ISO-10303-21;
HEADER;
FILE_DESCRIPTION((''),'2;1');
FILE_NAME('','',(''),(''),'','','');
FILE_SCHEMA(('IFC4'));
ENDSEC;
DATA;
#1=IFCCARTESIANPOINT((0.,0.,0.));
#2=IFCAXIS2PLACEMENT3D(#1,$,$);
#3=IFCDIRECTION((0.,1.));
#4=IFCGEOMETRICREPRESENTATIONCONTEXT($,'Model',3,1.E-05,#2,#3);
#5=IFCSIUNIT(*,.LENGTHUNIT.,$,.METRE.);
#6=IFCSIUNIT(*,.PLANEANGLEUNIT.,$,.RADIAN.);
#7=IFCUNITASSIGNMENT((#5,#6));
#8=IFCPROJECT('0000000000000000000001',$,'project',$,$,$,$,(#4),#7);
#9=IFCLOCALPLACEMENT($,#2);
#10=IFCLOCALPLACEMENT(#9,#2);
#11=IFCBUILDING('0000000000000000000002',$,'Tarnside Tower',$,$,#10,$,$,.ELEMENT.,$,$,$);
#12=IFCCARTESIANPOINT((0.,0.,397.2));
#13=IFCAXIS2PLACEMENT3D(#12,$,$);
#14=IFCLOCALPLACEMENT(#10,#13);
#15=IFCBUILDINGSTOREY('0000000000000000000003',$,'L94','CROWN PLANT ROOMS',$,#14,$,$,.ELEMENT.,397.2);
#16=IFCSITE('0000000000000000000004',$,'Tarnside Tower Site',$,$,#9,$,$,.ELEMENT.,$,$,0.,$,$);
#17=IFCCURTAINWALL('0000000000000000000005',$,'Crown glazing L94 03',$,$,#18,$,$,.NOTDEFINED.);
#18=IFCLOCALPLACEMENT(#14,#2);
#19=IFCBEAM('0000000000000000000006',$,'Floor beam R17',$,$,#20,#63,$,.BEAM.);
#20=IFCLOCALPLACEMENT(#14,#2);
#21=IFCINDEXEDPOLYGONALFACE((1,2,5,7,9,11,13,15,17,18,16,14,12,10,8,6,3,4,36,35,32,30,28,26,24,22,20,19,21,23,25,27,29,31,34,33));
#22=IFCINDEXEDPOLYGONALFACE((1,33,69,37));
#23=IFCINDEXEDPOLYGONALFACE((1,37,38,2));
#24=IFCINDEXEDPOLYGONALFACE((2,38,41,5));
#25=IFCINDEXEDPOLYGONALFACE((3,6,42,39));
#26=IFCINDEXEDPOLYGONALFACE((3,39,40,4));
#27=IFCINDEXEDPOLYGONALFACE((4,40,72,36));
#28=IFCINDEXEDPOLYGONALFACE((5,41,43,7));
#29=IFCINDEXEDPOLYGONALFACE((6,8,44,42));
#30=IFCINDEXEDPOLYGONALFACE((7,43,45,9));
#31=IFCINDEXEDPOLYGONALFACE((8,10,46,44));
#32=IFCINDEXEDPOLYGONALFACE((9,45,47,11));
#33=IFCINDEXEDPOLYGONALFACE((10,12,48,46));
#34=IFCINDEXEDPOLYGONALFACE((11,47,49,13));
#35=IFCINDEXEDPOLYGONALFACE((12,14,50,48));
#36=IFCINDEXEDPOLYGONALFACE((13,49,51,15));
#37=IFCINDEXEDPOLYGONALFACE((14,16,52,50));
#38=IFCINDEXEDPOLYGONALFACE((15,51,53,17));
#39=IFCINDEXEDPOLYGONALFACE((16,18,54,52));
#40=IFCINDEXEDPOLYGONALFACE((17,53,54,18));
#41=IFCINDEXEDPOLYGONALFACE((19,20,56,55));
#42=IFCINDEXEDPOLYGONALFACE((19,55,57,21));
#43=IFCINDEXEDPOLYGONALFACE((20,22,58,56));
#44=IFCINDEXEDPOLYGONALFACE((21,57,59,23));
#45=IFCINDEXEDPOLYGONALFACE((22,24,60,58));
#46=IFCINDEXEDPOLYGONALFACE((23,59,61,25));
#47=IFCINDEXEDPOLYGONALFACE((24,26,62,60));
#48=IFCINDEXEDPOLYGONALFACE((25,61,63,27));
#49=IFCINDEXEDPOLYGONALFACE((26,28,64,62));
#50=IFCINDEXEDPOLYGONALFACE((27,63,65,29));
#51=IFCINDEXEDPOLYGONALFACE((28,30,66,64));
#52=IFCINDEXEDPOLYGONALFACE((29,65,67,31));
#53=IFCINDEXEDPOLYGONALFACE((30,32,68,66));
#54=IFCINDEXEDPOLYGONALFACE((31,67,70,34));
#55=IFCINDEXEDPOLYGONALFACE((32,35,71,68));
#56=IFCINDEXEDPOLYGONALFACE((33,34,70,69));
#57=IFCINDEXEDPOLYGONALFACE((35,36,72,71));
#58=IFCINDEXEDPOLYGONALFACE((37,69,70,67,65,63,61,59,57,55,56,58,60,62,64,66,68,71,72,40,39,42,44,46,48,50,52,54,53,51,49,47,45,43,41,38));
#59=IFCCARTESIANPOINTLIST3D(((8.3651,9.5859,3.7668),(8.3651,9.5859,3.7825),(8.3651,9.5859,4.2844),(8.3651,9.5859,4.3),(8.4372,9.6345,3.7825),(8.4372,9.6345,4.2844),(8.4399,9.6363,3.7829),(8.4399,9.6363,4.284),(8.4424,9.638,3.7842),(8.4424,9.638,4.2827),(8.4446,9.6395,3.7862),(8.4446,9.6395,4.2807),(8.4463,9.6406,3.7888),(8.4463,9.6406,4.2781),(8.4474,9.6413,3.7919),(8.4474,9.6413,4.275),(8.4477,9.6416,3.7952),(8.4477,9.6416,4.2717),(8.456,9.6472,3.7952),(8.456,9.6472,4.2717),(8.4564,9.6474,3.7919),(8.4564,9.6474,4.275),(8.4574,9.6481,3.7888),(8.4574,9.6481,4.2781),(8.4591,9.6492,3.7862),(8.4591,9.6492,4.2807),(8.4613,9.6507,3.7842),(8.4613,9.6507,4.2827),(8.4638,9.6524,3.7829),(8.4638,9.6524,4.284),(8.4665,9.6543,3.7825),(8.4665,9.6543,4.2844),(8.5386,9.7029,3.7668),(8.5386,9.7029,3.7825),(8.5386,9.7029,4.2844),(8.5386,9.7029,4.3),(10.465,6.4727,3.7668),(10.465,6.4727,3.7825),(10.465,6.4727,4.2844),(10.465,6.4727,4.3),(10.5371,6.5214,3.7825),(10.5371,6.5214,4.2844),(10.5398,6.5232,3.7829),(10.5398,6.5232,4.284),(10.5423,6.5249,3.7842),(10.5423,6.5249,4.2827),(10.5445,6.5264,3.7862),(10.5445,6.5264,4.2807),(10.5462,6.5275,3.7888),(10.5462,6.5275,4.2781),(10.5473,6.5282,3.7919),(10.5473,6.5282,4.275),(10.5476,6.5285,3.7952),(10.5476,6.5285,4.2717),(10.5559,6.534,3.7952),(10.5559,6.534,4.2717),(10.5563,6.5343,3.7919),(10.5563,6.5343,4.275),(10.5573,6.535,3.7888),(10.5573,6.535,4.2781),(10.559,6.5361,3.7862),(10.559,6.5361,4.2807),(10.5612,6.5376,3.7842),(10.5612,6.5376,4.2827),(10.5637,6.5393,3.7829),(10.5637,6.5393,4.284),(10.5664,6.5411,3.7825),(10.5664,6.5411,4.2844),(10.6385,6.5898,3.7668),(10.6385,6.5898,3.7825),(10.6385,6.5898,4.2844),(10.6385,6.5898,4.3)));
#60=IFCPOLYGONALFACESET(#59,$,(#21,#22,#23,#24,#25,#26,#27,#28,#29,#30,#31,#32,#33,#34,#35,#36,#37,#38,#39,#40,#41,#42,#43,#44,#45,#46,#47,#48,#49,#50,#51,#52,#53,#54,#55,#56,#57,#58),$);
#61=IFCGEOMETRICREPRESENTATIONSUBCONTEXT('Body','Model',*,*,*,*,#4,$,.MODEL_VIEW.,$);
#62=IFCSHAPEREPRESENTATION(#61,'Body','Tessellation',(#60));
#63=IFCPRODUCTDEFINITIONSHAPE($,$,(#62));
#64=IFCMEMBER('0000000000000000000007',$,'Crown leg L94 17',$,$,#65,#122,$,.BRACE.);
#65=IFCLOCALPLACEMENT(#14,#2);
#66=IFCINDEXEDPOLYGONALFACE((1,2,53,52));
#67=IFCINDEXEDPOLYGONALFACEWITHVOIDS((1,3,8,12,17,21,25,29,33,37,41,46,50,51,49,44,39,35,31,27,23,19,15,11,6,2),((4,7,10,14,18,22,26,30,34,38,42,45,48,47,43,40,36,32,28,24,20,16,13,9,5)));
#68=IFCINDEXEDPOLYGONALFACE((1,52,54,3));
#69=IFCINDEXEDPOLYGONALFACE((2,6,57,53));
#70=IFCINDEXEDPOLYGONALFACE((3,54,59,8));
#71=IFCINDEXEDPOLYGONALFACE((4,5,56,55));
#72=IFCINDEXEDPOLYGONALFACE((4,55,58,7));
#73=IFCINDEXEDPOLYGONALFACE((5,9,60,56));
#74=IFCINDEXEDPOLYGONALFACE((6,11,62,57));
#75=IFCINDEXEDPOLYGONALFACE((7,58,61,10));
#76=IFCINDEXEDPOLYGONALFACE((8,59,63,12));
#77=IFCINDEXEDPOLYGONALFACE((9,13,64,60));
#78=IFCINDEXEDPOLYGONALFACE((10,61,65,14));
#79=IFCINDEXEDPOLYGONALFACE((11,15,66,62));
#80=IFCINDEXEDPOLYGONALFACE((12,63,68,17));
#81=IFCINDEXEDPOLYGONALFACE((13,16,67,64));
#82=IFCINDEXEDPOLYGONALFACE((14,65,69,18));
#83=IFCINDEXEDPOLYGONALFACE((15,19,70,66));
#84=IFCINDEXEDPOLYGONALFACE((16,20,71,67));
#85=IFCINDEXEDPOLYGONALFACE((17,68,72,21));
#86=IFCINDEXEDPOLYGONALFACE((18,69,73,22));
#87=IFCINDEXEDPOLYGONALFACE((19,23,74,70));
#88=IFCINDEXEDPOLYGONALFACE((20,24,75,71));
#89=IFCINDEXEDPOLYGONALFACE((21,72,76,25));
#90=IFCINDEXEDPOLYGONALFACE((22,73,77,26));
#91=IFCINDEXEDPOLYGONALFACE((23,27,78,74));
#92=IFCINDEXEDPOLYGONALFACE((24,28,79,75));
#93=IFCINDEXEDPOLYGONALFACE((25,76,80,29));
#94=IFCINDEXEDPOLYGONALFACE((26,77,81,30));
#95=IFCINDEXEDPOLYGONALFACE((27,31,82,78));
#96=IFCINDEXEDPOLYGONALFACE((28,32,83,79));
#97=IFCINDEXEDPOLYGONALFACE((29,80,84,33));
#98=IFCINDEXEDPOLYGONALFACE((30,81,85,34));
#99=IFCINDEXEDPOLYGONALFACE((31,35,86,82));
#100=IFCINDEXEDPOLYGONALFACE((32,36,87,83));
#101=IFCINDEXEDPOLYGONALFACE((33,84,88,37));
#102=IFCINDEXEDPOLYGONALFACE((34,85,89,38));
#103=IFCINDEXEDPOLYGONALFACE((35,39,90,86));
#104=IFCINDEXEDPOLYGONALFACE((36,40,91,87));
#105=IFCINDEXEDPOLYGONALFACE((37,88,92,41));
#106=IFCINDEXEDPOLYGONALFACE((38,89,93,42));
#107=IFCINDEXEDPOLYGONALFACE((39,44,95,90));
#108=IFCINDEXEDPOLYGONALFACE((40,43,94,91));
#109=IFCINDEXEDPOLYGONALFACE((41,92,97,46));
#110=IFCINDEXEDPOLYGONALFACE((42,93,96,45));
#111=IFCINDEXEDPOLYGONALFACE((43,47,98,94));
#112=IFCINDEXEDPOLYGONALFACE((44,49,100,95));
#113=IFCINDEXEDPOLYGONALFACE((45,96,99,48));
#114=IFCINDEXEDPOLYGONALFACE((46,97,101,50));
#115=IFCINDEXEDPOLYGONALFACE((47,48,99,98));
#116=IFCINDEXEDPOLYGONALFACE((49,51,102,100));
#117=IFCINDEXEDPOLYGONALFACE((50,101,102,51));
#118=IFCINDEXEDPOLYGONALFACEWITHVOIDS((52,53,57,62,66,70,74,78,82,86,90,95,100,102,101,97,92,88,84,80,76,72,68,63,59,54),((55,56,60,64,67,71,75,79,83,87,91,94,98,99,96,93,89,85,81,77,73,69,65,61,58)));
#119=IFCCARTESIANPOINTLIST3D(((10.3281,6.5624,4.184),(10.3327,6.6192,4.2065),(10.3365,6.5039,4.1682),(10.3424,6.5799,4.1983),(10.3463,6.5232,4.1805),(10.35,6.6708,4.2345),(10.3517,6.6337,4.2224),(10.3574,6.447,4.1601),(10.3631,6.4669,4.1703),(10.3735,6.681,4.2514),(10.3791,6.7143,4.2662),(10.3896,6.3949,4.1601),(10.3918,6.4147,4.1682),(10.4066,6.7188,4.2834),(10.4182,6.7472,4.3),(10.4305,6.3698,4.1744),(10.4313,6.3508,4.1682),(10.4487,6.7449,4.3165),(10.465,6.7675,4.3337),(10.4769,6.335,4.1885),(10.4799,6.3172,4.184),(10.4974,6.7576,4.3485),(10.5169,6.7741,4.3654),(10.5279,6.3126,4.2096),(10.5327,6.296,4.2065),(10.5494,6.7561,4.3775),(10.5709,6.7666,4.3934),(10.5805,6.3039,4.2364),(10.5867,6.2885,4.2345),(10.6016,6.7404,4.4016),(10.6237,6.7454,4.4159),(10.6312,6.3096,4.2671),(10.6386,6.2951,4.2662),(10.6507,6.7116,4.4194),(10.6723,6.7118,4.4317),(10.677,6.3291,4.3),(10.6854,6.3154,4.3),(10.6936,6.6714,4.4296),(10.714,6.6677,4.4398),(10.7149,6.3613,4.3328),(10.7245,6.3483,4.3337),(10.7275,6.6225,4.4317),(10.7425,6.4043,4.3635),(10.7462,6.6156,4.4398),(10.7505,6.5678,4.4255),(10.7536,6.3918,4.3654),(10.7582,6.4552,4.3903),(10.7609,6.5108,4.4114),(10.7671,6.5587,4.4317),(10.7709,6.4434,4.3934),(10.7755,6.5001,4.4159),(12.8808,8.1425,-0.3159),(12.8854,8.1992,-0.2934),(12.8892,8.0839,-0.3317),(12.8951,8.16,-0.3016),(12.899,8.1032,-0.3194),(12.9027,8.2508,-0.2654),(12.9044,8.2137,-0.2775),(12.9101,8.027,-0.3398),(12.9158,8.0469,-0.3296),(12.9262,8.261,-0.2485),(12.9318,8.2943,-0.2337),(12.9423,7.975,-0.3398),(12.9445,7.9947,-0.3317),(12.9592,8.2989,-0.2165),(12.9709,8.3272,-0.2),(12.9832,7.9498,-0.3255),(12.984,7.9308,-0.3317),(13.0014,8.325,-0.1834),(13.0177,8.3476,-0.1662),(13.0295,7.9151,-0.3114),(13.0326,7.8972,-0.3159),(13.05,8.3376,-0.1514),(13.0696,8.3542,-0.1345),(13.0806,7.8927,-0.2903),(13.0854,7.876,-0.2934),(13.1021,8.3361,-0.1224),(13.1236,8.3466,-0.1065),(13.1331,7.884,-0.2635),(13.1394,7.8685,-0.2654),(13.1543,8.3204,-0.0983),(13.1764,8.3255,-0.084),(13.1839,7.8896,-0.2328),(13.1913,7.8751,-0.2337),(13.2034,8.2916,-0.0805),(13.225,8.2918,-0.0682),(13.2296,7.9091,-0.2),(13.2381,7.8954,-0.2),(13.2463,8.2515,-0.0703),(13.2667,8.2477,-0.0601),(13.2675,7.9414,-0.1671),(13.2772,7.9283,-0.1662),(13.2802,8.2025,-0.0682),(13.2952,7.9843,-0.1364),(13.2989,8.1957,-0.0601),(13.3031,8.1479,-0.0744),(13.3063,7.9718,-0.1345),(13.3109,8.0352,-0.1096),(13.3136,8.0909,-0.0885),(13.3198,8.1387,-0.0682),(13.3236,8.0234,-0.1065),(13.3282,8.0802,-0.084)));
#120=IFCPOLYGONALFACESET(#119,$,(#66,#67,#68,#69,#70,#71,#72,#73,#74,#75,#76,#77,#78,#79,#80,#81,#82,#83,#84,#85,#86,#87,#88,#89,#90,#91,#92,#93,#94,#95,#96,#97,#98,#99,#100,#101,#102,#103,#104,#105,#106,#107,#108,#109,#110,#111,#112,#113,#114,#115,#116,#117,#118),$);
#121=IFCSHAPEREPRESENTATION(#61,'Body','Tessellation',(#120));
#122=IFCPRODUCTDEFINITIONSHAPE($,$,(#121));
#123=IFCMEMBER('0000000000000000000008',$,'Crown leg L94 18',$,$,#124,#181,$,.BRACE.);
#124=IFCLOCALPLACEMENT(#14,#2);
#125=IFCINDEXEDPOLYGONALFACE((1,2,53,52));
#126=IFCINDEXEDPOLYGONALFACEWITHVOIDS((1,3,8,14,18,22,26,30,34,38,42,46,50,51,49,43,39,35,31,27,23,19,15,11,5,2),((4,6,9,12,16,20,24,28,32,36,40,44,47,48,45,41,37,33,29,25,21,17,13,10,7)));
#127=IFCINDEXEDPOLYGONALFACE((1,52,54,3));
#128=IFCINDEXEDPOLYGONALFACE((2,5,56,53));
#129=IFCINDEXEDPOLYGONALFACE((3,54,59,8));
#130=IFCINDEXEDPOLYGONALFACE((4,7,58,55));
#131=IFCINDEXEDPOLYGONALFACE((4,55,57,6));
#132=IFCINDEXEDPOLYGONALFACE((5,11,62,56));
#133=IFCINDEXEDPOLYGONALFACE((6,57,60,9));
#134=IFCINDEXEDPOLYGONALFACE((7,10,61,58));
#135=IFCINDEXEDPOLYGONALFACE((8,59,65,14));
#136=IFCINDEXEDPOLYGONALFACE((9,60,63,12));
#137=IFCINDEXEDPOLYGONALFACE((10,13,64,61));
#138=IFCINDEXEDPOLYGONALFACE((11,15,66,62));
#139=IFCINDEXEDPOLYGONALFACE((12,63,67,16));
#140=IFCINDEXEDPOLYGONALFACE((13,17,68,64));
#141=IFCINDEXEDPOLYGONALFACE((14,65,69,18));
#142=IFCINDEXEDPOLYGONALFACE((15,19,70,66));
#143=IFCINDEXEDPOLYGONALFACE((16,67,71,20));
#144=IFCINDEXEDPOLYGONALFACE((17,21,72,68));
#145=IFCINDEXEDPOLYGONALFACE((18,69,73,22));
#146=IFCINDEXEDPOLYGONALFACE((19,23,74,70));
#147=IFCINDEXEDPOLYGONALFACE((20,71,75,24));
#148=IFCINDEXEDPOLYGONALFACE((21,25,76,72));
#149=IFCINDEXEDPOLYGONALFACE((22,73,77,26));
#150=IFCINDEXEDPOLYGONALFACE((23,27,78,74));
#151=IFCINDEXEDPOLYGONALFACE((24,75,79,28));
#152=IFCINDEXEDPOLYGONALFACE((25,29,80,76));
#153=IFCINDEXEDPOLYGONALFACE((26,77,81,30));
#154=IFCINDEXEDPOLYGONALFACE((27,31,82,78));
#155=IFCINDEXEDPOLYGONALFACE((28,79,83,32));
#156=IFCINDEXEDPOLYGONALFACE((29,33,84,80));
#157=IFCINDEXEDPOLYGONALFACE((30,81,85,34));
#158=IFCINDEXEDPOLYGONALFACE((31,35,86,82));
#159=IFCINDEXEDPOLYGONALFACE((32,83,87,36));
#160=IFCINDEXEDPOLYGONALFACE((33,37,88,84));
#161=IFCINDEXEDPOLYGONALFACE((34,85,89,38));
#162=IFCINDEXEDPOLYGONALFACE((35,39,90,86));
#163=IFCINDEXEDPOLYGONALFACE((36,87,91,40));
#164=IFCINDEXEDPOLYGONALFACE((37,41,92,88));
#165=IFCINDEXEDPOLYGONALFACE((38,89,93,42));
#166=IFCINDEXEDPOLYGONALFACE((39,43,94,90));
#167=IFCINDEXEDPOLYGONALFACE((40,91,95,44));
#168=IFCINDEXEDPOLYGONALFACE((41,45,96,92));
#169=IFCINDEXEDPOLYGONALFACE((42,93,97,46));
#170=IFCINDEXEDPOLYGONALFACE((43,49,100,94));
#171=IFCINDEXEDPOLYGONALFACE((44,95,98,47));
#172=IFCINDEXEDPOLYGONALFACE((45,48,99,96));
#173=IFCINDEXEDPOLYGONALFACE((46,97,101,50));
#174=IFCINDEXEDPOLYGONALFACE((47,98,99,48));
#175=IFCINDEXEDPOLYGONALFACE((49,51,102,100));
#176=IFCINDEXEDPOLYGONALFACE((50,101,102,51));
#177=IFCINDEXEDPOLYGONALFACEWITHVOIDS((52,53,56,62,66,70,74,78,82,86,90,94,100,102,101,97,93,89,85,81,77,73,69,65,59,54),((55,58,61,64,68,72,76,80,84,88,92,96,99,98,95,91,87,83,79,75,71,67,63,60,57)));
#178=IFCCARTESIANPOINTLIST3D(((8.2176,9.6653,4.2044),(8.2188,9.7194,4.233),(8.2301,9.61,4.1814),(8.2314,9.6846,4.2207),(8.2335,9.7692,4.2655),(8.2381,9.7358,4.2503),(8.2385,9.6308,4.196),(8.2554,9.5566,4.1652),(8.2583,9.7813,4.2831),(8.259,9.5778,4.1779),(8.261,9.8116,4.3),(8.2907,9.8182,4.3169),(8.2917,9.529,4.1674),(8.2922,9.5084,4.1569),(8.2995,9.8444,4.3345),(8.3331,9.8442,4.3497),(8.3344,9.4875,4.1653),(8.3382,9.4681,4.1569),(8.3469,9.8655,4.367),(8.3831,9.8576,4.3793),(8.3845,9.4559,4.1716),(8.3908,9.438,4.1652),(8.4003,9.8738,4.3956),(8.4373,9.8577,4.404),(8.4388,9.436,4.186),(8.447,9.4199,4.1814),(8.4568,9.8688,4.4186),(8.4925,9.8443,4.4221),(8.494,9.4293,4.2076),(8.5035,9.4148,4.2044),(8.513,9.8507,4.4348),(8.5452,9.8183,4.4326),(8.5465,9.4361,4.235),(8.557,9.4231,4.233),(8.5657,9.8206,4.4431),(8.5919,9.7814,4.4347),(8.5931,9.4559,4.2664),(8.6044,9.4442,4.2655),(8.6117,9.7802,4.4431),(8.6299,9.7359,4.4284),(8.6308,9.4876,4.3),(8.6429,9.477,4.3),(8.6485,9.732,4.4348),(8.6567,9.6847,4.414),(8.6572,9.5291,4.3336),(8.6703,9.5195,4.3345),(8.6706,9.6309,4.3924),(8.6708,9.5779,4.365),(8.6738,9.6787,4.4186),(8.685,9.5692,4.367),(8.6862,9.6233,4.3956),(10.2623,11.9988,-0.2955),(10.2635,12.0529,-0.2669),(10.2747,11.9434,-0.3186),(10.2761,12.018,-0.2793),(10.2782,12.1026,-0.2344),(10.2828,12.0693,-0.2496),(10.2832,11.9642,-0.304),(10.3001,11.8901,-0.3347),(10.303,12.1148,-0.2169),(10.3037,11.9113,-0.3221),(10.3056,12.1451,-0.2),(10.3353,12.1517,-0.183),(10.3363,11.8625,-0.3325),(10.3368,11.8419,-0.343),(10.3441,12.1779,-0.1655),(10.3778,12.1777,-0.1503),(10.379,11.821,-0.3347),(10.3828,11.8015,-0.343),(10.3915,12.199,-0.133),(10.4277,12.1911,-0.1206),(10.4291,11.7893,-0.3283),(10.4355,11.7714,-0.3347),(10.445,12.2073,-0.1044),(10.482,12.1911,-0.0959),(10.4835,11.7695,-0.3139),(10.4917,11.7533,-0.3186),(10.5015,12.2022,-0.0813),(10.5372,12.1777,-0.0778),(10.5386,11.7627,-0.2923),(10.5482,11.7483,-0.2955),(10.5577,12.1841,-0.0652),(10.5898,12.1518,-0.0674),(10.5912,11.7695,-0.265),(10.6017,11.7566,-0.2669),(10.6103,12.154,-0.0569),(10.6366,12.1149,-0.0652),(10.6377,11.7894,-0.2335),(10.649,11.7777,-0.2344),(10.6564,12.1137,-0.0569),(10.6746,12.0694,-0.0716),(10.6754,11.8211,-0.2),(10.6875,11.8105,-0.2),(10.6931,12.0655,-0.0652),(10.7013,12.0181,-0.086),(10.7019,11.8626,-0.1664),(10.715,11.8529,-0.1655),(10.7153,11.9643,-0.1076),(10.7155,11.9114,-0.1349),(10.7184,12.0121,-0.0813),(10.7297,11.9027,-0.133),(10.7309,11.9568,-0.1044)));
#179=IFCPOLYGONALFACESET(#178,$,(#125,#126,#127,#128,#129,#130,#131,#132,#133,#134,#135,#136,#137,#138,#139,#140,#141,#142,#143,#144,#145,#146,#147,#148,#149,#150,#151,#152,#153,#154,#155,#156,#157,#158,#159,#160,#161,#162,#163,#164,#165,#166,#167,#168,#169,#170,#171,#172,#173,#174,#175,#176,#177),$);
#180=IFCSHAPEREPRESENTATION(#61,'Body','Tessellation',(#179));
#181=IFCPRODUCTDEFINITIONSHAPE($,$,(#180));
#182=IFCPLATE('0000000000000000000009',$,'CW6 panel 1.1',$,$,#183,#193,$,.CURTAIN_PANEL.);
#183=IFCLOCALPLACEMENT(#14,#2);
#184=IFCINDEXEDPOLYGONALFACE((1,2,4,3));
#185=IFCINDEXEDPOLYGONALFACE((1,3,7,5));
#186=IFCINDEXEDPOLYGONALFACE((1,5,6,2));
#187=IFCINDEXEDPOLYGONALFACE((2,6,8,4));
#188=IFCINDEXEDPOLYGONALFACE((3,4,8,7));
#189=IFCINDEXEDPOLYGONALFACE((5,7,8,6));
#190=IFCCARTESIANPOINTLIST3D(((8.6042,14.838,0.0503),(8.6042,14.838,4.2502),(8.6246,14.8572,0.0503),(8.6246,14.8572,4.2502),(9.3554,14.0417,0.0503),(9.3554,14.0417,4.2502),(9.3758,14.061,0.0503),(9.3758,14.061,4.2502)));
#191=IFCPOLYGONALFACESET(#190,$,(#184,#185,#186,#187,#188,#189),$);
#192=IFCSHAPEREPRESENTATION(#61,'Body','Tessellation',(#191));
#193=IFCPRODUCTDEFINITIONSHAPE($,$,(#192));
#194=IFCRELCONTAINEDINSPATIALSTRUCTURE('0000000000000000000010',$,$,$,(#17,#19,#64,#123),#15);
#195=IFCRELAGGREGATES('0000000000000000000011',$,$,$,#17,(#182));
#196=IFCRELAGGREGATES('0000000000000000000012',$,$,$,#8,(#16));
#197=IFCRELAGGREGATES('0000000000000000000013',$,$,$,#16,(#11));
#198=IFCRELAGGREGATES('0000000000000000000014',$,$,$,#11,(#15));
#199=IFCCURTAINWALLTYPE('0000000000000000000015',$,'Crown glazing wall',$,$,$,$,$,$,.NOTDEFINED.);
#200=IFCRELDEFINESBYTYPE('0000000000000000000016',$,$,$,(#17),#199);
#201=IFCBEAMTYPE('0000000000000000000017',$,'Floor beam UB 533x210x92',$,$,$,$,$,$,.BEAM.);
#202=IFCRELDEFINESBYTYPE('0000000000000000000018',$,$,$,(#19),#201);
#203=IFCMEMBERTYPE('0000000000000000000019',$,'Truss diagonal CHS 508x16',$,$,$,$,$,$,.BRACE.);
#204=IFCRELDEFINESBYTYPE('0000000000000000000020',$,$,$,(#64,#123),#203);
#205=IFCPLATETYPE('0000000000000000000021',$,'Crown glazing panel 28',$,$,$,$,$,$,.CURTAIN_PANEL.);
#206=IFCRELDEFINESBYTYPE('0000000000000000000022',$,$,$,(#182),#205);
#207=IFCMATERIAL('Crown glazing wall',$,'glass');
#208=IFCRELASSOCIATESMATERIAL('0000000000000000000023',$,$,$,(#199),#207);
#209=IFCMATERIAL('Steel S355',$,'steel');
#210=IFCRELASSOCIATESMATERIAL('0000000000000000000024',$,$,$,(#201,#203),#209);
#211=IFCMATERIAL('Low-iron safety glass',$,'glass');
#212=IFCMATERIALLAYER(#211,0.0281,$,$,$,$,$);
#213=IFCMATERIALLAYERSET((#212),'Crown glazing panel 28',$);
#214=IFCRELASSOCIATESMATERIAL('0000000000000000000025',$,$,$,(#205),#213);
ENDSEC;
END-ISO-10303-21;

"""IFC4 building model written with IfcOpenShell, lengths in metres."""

from ifc_helpers import new_model, si_unit, direction, frame, origin, origin_2d, place, context, subcontext, project, spatial, rectangle, hollow_circle, i_section, extrude, material, layer, layer_set, material_profile, profile_set, type_object, element, aggregate, save


model = new_model("IFC4")

# Units and contexts
model_context = context("Model", 3, precision=1e-05, world=origin(), true_north=direction((0.0, 1.0)))
body_context = subcontext(model_context, "Body", "Model", "MODEL_VIEW")
ifc_project = project(units=[si_unit("LENGTHUNIT", "METRE"), si_unit("PLANEANGLEUNIT", "RADIAN")], contexts=[model_context])

# Site, building, storey
site_placement = place(None, origin())
site = spatial("IfcSite", under=ifc_project, at=site_placement, Name="Tarnside Tower Site", CompositionType="ELEMENT", RefElevation=0.0)
building_placement = place(site_placement, origin())
building = spatial("IfcBuilding", under=site, at=building_placement, Name="Tarnside Tower", CompositionType="ELEMENT")
storey_placement = place(building_placement, frame((0.0, 0.0, 397.2)))
storey = spatial("IfcBuildingStorey", under=building, at=storey_placement, Name="L94", Description="CROWN PLANT ROOMS", CompositionType="ELEMENT", Elevation=397.2)

# Curtain wall
ifc_material_1 = material(Name="Crown glazing wall", Category="glass")
curtain_wall_type = type_object("IfcCurtainWallType", Name="Crown glazing wall", PredefinedType="NOTDEFINED", material=ifc_material_1)
curtain_wall_1_placement = place(storey_placement, origin())
curtain_wall_1 = element("IfcCurtainWall", 1, at=curtain_wall_1_placement, inside=storey, type_object=curtain_wall_type, Name="Crown glazing L94 03", PredefinedType="NOTDEFINED")

# Beam
ifc_material_2 = material(Name="Steel S355", Category="steel")
ifc_material_profile_1 = material_profile(ifc_material_2, i_section(OverallWidth=0.2092, OverallDepth=0.5332, WebThickness=0.01, FlangeThickness=0.0156, FilletRadius=0.0127, at=origin_2d()), Name="UB 533x210x92")
ifc_profile_set_1 = profile_set([ifc_material_profile_1], Name="Steel S355")
beam_type_1 = type_object("IfcBeamType", Name="Floor beam UB 533x210x92", PredefinedType="BEAM", material=ifc_profile_set_1)
beam_1_placement = place(storey_placement, frame((10.5518, 6.5312, 4.0334), z_axis=(-0.559208, 0.829027, 0.0), x_axis=(-0.829027, -0.559208, 0.0)))
element("IfcBeam", 2, at=beam_1_placement, inside=storey, type_object=beam_type_1, Name="Floor beam R17", PredefinedType="BEAM", context=body_context, shape_type="SweptSolid", body=[
    extrude(i_section(OverallWidth=0.2092, OverallDepth=0.5332, WebThickness=0.01, FlangeThickness=0.0156, FilletRadius=0.0127, at=origin_2d()), origin(), (0.0, 0.0, 1.0), 3.7551),
])

# Members
ifc_material_profile_2 = material_profile(ifc_material_2, hollow_circle(Radius=0.2539, WallThickness=0.0161, at=origin_2d()), Name="CHS 508x16")
ifc_profile_set_2 = profile_set([ifc_material_profile_2], Name="Steel S355")
member_type_1 = type_object("IfcMemberType", Name="Truss diagonal CHS 508x16", PredefinedType="BRACE", material=ifc_profile_set_2)
member_1_placement = place(storey_placement, frame((13.1045, 8.1113, -0.2), z_axis=(-0.471895, -0.292091, 0.831864), x_axis=(0.52631, -0.850293, 0.0)))
element("IfcMember", 3, at=member_1_placement, inside=storey, type_object=member_type_1, Name="Crown leg L94 17", PredefinedType="BRACE", context=body_context, shape_type="SweptSolid", body=[
    extrude(hollow_circle(Radius=0.2539, WallThickness=0.0161, at=origin_2d()), origin(), (0.0, 0.0, 1.0), 5.4094),
])
member_2_placement = place(storey_placement, frame((10.4966, 11.9778, -0.2), z_axis=(-0.37408, -0.42692, 0.823288), x_axis=(0.752118, -0.659028, 0.0)))
element("IfcMember", 4, at=member_2_placement, inside=storey, type_object=member_type_1, Name="Crown leg L94 18", PredefinedType="BRACE", context=body_context, shape_type="SweptSolid", body=[
    extrude(hollow_circle(Radius=0.2539, WallThickness=0.0161, at=origin_2d()), origin(), (0.0, 0.0, 1.0), 5.4658),
])

# Plate
ifc_material_3 = material(Name="Low-iron safety glass", Category="glass")
ifc_layer_1 = layer(ifc_material_3, 0.0281)
ifc_layer_set_1 = layer_set([ifc_layer_1], Name="Crown glazing panel 28")
plate_type_1 = type_object("IfcPlateType", Name="Crown glazing panel 28", PredefinedType="CURTAIN_PANEL", material=ifc_layer_set_1)
plate_1_placement = place(storey_placement, frame((8.99, 14.4495, 0.0503), z_axis=(0.0, 0.0, 1.0), x_axis=(0.686242, -0.727374, 0.0)))
plate_1 = element("IfcPlate", 5, at=plate_1_placement, type_object=plate_type_1, Name="CW6 panel 1.1", PredefinedType="CURTAIN_PANEL", context=body_context, shape_type="SweptSolid", body=[
    extrude(rectangle(XDim=1.0947, YDim=0.0281, at=origin_2d()), origin(), (0.0, 0.0, 1.0), 4.2),
])
aggregate(curtain_wall_1, [plate_1])

save(model, "model.ifc")
